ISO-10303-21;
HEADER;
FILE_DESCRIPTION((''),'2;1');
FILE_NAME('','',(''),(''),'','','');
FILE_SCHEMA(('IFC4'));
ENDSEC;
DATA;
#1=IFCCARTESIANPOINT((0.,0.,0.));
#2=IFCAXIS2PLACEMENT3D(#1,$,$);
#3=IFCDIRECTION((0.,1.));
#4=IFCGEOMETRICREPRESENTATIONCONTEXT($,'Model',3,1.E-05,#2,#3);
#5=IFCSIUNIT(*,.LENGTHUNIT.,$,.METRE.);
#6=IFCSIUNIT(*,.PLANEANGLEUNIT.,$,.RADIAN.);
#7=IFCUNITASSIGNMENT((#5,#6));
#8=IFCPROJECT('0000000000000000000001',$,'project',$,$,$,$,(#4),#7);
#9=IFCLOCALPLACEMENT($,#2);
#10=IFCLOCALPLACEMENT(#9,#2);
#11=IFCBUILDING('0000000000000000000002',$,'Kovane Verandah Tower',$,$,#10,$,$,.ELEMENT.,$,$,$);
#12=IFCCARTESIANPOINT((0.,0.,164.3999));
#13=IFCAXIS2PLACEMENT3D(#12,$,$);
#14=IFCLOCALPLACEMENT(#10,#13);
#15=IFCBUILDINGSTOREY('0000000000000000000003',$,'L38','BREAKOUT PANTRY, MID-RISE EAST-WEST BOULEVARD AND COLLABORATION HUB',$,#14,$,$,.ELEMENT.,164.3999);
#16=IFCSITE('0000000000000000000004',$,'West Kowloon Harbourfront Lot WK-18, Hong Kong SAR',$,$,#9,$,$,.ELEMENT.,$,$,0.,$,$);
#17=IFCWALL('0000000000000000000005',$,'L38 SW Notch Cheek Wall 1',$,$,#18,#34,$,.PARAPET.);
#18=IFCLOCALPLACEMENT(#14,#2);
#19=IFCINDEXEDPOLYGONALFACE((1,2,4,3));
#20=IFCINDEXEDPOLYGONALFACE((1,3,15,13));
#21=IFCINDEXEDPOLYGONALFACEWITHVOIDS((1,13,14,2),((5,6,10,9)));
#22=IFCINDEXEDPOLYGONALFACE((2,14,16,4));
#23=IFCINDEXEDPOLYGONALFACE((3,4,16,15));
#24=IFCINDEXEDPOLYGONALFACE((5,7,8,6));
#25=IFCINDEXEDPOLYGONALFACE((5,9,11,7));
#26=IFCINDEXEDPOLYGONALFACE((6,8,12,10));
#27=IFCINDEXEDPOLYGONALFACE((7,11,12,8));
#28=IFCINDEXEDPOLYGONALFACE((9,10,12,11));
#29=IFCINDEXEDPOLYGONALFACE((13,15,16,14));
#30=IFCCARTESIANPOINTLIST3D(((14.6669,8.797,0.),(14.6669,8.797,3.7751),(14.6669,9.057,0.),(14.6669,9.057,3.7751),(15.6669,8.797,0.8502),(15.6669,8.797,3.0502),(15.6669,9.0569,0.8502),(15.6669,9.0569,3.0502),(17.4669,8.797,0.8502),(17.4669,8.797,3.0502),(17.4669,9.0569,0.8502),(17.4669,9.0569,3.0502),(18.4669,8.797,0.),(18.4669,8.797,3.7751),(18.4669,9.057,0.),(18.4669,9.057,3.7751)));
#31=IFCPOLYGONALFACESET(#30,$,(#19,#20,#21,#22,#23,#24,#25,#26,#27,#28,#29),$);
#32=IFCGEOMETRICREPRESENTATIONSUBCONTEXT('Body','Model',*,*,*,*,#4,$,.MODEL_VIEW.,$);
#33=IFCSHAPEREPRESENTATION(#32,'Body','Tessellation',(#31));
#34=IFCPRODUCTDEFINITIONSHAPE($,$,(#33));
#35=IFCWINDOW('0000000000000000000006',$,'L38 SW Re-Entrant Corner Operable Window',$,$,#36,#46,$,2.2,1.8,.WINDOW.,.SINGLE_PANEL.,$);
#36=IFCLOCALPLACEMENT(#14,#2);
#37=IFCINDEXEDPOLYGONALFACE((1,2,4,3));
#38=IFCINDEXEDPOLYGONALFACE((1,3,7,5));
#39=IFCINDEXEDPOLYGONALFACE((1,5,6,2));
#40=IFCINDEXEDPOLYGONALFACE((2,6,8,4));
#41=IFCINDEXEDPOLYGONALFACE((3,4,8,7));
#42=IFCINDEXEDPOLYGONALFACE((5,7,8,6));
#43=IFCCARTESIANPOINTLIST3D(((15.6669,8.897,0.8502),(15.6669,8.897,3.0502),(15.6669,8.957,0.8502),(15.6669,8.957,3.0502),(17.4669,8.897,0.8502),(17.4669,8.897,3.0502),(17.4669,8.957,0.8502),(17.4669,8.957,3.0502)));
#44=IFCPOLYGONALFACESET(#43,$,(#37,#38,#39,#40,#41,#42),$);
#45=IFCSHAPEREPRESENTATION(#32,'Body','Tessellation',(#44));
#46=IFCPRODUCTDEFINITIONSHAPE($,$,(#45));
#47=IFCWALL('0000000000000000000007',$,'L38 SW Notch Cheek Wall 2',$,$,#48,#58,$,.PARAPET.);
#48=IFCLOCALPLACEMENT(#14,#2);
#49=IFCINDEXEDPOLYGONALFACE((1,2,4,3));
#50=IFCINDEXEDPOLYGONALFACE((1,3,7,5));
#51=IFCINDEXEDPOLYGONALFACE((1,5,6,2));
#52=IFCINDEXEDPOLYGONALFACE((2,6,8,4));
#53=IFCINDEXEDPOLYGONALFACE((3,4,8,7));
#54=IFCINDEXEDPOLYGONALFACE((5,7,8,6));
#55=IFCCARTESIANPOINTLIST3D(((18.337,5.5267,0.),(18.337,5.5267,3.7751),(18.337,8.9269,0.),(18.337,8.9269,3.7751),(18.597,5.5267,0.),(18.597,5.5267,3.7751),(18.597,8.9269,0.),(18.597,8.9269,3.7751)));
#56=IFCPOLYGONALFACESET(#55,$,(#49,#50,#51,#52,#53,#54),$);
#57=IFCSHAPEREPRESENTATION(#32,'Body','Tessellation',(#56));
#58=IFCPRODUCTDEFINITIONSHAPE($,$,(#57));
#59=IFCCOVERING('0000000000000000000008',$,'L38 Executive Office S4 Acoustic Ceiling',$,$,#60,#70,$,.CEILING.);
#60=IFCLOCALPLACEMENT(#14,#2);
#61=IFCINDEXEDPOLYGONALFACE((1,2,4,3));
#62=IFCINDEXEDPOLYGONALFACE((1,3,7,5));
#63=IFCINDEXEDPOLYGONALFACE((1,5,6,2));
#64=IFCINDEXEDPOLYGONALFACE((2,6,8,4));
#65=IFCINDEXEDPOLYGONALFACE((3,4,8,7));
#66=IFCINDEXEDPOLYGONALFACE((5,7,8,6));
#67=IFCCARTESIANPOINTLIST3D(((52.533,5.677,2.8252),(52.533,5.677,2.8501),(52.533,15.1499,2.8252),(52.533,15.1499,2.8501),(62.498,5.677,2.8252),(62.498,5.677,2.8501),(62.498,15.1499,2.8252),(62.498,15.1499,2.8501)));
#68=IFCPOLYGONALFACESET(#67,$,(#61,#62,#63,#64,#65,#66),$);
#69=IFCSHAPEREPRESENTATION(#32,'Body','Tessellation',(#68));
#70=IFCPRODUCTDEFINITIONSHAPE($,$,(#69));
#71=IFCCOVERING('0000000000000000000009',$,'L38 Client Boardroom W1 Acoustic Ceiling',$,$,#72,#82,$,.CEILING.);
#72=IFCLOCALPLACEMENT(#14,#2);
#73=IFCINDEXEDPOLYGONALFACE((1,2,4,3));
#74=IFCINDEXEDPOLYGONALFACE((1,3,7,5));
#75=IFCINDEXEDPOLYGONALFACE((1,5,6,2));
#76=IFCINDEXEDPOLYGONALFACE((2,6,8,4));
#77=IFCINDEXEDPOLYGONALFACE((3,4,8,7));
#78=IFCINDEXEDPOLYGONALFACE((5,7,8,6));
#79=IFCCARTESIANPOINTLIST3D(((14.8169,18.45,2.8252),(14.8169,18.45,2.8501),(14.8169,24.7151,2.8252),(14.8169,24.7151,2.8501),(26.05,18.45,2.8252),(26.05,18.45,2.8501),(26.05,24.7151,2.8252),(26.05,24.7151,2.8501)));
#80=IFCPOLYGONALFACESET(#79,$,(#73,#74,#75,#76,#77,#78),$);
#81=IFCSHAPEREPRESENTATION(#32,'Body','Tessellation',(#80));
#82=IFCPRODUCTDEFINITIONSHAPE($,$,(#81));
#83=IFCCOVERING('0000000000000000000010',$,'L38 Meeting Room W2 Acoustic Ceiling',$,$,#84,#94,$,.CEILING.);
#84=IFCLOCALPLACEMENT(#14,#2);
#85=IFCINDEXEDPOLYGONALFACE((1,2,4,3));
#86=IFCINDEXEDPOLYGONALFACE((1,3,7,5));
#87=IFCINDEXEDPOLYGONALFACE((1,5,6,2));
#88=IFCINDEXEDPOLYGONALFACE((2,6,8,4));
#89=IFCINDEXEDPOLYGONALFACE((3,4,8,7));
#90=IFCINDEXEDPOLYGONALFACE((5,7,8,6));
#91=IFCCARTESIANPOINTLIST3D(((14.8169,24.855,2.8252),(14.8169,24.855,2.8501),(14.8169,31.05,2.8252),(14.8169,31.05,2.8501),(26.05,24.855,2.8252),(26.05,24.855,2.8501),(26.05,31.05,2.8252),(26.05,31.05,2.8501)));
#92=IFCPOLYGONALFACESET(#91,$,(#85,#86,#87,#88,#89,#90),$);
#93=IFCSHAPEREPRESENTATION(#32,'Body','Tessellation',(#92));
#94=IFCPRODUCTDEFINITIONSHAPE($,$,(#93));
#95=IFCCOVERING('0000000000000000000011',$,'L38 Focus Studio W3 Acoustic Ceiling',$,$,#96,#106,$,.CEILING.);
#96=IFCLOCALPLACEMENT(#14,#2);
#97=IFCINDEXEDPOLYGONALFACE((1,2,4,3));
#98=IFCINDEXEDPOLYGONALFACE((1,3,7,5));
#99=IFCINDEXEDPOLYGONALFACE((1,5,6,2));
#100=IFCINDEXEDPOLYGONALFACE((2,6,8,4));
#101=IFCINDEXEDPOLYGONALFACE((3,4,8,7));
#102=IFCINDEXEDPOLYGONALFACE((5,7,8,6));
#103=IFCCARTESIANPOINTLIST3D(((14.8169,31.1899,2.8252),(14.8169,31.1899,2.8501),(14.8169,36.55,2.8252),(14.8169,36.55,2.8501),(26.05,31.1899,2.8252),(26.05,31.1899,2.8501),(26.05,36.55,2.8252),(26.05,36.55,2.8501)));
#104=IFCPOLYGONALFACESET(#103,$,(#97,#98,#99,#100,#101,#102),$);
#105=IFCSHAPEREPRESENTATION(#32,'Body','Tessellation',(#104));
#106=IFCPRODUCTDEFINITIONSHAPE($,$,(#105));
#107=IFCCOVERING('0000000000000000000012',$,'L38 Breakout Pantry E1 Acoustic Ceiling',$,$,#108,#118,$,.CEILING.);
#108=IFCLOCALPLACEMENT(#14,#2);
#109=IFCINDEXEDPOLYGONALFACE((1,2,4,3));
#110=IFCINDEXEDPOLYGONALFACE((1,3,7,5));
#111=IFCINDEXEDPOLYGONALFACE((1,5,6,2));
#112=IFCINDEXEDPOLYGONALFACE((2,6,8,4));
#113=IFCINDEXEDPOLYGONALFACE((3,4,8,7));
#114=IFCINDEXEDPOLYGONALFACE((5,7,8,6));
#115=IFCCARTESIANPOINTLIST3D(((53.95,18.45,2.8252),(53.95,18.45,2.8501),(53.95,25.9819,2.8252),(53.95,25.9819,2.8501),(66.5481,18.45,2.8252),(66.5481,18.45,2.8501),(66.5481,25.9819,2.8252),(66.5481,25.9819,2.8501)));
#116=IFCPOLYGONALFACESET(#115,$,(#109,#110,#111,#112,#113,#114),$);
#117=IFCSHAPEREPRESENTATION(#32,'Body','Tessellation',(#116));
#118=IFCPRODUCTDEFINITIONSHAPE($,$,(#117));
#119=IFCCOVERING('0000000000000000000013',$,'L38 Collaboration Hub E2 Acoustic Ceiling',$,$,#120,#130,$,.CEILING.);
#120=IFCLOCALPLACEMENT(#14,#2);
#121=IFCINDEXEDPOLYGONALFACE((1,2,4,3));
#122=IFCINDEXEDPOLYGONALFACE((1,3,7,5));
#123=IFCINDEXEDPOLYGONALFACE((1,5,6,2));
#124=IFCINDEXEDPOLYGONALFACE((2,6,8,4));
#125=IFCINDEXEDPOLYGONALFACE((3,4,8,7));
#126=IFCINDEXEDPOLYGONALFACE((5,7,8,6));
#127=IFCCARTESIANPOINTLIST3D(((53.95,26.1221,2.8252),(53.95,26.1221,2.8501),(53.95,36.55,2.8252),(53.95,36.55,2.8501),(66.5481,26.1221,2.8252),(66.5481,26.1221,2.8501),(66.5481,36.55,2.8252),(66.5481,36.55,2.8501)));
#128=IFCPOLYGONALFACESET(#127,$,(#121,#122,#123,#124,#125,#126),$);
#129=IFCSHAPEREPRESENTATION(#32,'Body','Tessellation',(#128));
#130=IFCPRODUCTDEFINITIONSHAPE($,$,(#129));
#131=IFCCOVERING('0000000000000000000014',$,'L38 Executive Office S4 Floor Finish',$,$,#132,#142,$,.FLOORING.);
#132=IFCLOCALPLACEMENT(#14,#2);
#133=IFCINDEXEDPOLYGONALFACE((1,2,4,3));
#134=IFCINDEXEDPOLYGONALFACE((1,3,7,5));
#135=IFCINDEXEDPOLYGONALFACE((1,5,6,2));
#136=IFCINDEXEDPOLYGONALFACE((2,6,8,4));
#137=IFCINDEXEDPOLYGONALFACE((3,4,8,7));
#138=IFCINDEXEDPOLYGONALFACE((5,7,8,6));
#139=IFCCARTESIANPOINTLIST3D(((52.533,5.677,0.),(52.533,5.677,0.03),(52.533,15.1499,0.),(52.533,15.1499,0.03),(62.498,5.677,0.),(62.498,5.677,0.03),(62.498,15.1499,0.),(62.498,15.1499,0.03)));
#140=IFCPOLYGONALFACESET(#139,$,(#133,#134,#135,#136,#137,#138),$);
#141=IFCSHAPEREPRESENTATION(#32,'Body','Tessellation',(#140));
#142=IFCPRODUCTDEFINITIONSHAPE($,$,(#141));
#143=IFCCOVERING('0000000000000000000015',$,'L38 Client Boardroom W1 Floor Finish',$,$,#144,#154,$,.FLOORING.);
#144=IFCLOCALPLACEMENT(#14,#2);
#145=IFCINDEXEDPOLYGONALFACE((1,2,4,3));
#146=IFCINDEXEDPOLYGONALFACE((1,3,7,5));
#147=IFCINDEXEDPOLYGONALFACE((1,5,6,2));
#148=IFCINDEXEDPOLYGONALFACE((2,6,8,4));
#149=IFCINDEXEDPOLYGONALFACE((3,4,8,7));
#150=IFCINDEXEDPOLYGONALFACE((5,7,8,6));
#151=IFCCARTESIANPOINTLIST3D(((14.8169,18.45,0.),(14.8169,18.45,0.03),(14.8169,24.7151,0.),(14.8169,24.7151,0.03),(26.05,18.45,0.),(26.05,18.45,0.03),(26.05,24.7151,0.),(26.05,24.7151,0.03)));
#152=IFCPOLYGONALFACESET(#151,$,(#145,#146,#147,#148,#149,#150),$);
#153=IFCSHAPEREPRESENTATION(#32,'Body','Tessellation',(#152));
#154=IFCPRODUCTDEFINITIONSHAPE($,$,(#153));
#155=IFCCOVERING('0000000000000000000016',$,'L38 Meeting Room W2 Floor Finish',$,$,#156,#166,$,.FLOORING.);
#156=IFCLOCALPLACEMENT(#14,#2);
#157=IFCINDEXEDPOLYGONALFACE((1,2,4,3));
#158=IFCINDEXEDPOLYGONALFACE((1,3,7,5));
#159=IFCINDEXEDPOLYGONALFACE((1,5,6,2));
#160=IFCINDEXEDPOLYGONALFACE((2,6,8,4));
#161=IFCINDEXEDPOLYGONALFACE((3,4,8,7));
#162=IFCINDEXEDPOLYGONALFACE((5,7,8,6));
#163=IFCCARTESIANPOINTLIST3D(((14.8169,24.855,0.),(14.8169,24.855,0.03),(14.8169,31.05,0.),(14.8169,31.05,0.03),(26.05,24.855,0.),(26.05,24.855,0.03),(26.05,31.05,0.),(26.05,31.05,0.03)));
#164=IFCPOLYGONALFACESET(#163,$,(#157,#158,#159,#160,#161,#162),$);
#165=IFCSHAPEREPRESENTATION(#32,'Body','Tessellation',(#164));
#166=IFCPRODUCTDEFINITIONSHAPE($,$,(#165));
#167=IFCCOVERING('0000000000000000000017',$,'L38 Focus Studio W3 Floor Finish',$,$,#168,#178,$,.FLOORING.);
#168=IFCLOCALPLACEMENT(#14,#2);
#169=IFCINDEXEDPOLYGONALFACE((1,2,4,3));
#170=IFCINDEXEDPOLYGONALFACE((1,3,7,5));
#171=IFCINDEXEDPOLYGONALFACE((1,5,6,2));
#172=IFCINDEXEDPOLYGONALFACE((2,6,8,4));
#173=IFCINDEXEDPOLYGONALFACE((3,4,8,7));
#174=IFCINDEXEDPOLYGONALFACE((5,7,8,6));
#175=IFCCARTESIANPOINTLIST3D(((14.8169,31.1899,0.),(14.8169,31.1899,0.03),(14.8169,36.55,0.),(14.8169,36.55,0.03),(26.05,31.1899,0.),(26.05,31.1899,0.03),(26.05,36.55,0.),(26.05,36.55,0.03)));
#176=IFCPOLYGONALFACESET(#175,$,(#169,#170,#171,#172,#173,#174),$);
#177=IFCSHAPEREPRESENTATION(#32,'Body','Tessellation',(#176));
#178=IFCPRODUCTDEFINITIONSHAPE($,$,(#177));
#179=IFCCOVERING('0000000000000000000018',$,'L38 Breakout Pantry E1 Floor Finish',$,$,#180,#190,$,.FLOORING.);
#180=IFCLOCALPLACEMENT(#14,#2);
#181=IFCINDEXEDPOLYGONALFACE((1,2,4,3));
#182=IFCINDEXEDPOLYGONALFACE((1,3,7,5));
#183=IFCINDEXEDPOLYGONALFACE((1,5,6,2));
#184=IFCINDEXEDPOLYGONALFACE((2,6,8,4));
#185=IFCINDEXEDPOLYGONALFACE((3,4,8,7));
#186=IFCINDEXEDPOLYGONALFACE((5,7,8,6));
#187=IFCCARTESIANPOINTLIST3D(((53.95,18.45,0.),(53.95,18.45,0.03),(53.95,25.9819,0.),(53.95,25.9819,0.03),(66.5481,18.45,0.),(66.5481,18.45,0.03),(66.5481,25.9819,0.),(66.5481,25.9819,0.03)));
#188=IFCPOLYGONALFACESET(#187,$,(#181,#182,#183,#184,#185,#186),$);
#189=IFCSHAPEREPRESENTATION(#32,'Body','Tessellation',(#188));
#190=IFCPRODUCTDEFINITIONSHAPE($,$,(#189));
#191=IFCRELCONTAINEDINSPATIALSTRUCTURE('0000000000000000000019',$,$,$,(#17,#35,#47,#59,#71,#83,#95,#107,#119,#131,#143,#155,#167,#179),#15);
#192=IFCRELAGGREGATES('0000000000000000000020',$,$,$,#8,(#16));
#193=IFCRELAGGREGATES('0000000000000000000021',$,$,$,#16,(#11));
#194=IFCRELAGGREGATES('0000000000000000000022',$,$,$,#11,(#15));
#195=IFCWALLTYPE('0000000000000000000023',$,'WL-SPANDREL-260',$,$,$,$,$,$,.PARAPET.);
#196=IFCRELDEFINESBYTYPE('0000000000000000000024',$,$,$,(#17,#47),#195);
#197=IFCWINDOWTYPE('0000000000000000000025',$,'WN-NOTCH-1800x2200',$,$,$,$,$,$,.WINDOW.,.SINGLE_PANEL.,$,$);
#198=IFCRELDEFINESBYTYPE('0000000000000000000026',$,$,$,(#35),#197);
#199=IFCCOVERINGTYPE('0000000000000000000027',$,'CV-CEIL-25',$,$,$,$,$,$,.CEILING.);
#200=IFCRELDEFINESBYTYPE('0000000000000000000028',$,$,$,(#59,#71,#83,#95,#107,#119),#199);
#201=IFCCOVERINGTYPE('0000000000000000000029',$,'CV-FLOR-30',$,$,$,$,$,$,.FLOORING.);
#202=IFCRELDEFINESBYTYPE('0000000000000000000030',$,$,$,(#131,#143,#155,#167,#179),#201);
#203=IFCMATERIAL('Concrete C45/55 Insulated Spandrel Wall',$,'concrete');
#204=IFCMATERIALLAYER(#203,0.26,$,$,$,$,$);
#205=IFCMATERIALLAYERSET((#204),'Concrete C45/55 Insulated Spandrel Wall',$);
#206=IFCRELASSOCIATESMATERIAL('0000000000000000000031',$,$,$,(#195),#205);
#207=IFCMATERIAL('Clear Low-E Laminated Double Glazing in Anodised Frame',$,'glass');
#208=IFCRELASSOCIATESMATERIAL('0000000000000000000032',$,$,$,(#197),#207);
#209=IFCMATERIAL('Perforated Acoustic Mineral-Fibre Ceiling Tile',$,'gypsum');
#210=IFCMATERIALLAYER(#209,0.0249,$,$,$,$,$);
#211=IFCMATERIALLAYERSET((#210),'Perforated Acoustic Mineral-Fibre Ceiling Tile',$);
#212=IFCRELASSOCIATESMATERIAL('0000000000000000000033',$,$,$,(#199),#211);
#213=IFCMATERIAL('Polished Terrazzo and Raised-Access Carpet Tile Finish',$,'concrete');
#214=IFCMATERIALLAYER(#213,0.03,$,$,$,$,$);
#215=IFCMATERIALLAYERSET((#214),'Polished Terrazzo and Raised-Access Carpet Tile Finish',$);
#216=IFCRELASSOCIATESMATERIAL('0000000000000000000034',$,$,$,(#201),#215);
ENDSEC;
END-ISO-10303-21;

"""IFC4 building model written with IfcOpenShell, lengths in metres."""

from ifc_helpers import new_model, si_unit, direction, frame, frame_2d, origin, place, context, subcontext, project, spatial, polyline, rectangle, outline, extrude, material, layer, layer_set, type_object, element, fill, save


model = new_model("IFC4")

# Units and contexts
model_context = context("Model", 3, precision=1e-05, world=origin(), true_north=direction((0.0, 1.0)))
body_context = subcontext(model_context, "Body", "Model", "MODEL_VIEW")
ifc_project = project(units=[si_unit("LENGTHUNIT", "METRE"), si_unit("PLANEANGLEUNIT", "RADIAN")], contexts=[model_context])

# Site, building, storey
site_placement = place(None, origin())
site = spatial("IfcSite", under=ifc_project, at=site_placement, Name="West Kowloon Harbourfront Lot WK-18, Hong Kong SAR", CompositionType="ELEMENT", RefElevation=0.0)
building_placement = place(site_placement, origin())
building = spatial("IfcBuilding", under=site, at=building_placement, Name="Kovane Verandah Tower", CompositionType="ELEMENT")
storey_placement = place(building_placement, frame((0.0, 0.0, 164.3999)))
storey = spatial("IfcBuildingStorey", under=building, at=storey_placement, Name="L38", Description="BREAKOUT PANTRY, MID-RISE EAST-WEST BOULEVARD AND COLLABORATION HUB", CompositionType="ELEMENT", Elevation=164.3999)

# Wall, opening, window
ifc_material_1 = material(Name="Concrete C45/55 Insulated Spandrel Wall", Category="concrete")
ifc_layer_1 = layer(ifc_material_1, 0.26)
ifc_layer_set_1 = layer_set([ifc_layer_1], Name="Concrete C45/55 Insulated Spandrel Wall")
wall_type = type_object("IfcWallType", Name="WL-SPANDREL-260", PredefinedType="PARAPET", material=ifc_layer_set_1)
wall_1_placement = place(storey_placement, frame((14.667, 8.927, 0.0), z_axis=(0.0, 0.0, 1.0), x_axis=(1.0, 0.0, 0.0)))
wall_1 = element("IfcWall", 1, at=wall_1_placement, inside=storey, type_object=wall_type, Name="L38 SW Notch Cheek Wall 1", PredefinedType="PARAPET", context=body_context, shape_type="SweptSolid", body=[
    extrude(rectangle(XDim=3.8, YDim=0.26, at=frame_2d((1.8999, 0.0))), origin(), (0.0, 0.0, 1.0), 3.7751),
])
opening_placement = place(wall_1_placement, frame((1.0, 0.0, 0.8501)))
opening = element("IfcOpeningElement", 2, at=opening_placement, cuts=wall_1, PredefinedType="OPENING", context=body_context, shape_type="SweptSolid", body=[
    extrude(rectangle(XDim=1.8, YDim=2.2, at=frame_2d((0.8999, 1.1001))), frame((0.0, 0.1299, 0.0), z_axis=(0.0, -1.0, 0.0), x_axis=(1.0, 0.0, 0.0)), (0.0, 0.0, 1.0), 0.26),
])
ifc_material_2 = material(Name="Clear Low-E Laminated Double Glazing in Anodised Frame", Category="glass")
window_type = type_object("IfcWindowType", Name="WN-NOTCH-1800x2200", PartitioningType="SINGLE_PANEL", PredefinedType="WINDOW", material=ifc_material_2)
window_placement = place(opening_placement, origin())
window = element("IfcWindow", 3, at=window_placement, inside=storey, type_object=window_type, Name="L38 SW Re-Entrant Corner Operable Window", OverallHeight=2.2, OverallWidth=1.8, PartitioningType="SINGLE_PANEL", PredefinedType="WINDOW", context=body_context, shape_type="SweptSolid", body=[
    extrude(rectangle(XDim=1.8, YDim=2.2, at=frame_2d((0.8999, 1.1001))), frame((0.0, 0.03, 0.0), z_axis=(0.0, -1.0, 0.0), x_axis=(1.0, 0.0, 0.0)), (0.0, 0.0, 1.0), 0.0601),
])
fill(opening, window)

# Wall
wall_2_placement = place(storey_placement, frame((18.467, 8.927, 0.0), z_axis=(0.0, 0.0, 1.0), x_axis=(0.0, -1.0, 0.0)))
element("IfcWall", 4, at=wall_2_placement, inside=storey, type_object=wall_type, Name="L38 SW Notch Cheek Wall 2", PredefinedType="PARAPET", context=body_context, shape_type="SweptSolid", body=[
    extrude(rectangle(XDim=3.4001, YDim=0.26, at=frame_2d((1.7002, 0.0))), origin(), (0.0, 0.0, 1.0), 3.7751),
])

# Coverings
ifc_material_3 = material(Name="Perforated Acoustic Mineral-Fibre Ceiling Tile", Category="gypsum")
ifc_layer_2 = layer(ifc_material_3, 0.0249)
ifc_layer_set_2 = layer_set([ifc_layer_2], Name="Perforated Acoustic Mineral-Fibre Ceiling Tile")
covering_type_1 = type_object("IfcCoveringType", Name="CV-CEIL-25", PredefinedType="CEILING", material=ifc_layer_set_2)
covering_1_placement = place(storey_placement, frame((0.0, 0.0, 2.8252)))
element("IfcCovering", 5, at=covering_1_placement, inside=storey, type_object=covering_type_1, Name="L38 Executive Office S4 Acoustic Ceiling", PredefinedType="CEILING", context=body_context, shape_type="SweptSolid", body=[
    extrude(outline(polyline([(52.533, 5.677), (62.498, 5.677), (62.498, 15.1499), (52.533, 15.1499), (52.533, 5.677)])), origin(), (0.0, 0.0, 1.0), 0.0249),
])
covering_2_placement = place(storey_placement, frame((0.0, 0.0, 2.8252)))
element("IfcCovering", 6, at=covering_2_placement, inside=storey, type_object=covering_type_1, Name="L38 Client Boardroom W1 Acoustic Ceiling", PredefinedType="CEILING", context=body_context, shape_type="SweptSolid", body=[
    extrude(outline(polyline([(14.8169, 18.45), (26.05, 18.45), (26.05, 24.7151), (14.8169, 24.7151), (14.8169, 18.45)])), origin(), (0.0, 0.0, 1.0), 0.0249),
])
covering_3_placement = place(storey_placement, frame((0.0, 0.0, 2.8252)))
element("IfcCovering", 7, at=covering_3_placement, inside=storey, type_object=covering_type_1, Name="L38 Meeting Room W2 Acoustic Ceiling", PredefinedType="CEILING", context=body_context, shape_type="SweptSolid", body=[
    extrude(outline(polyline([(14.8169, 24.855), (26.05, 24.855), (26.05, 31.05), (14.8169, 31.05), (14.8169, 24.855)])), origin(), (0.0, 0.0, 1.0), 0.0249),
])
covering_4_placement = place(storey_placement, frame((0.0, 0.0, 2.8252)))
element("IfcCovering", 8, at=covering_4_placement, inside=storey, type_object=covering_type_1, Name="L38 Focus Studio W3 Acoustic Ceiling", PredefinedType="CEILING", context=body_context, shape_type="SweptSolid", body=[
    extrude(outline(polyline([(14.8169, 31.1899), (26.05, 31.1899), (26.05, 36.55), (14.8169, 36.55), (14.8169, 31.1899)])), origin(), (0.0, 0.0, 1.0), 0.0249),
])
covering_5_placement = place(storey_placement, frame((0.0, 0.0, 2.8252)))
element("IfcCovering", 9, at=covering_5_placement, inside=storey, type_object=covering_type_1, Name="L38 Breakout Pantry E1 Acoustic Ceiling", PredefinedType="CEILING", context=body_context, shape_type="SweptSolid", body=[
    extrude(outline(polyline([(53.95, 18.45), (66.5481, 18.45), (66.5481, 25.9819), (53.95, 25.9819), (53.95, 18.45)])), origin(), (0.0, 0.0, 1.0), 0.0249),
])
covering_6_placement = place(storey_placement, frame((0.0, 0.0, 2.8252)))
element("IfcCovering", 10, at=covering_6_placement, inside=storey, type_object=covering_type_1, Name="L38 Collaboration Hub E2 Acoustic Ceiling", PredefinedType="CEILING", context=body_context, shape_type="SweptSolid", body=[
    extrude(outline(polyline([(53.95, 26.1221), (66.5481, 26.1221), (66.5481, 36.55), (53.95, 36.55), (53.95, 26.1221)])), origin(), (0.0, 0.0, 1.0), 0.0249),
])
ifc_material_4 = material(Name="Polished Terrazzo and Raised-Access Carpet Tile Finish", Category="concrete")
ifc_layer_3 = layer(ifc_material_4, 0.03)
ifc_layer_set_3 = layer_set([ifc_layer_3], Name="Polished Terrazzo and Raised-Access Carpet Tile Finish")
covering_type_2 = type_object("IfcCoveringType", Name="CV-FLOR-30", PredefinedType="FLOORING", material=ifc_layer_set_3)
covering_7_placement = place(storey_placement, origin())
element("IfcCovering", 11, at=covering_7_placement, inside=storey, type_object=covering_type_2, Name="L38 Executive Office S4 Floor Finish", PredefinedType="FLOORING", context=body_context, shape_type="SweptSolid", body=[
    extrude(outline(polyline([(52.533, 5.677), (62.498, 5.677), (62.498, 15.1499), (52.533, 15.1499), (52.533, 5.677)])), origin(), (0.0, 0.0, 1.0), 0.03),
])
covering_8_placement = place(storey_placement, origin())
element("IfcCovering", 12, at=covering_8_placement, inside=storey, type_object=covering_type_2, Name="L38 Client Boardroom W1 Floor Finish", PredefinedType="FLOORING", context=body_context, shape_type="SweptSolid", body=[
    extrude(outline(polyline([(14.8169, 18.45), (26.05, 18.45), (26.05, 24.7151), (14.8169, 24.7151), (14.8169, 18.45)])), origin(), (0.0, 0.0, 1.0), 0.03),
])
covering_9_placement = place(storey_placement, origin())
element("IfcCovering", 13, at=covering_9_placement, inside=storey, type_object=covering_type_2, Name="L38 Meeting Room W2 Floor Finish", PredefinedType="FLOORING", context=body_context, shape_type="SweptSolid", body=[
    extrude(outline(polyline([(14.8169, 24.855), (26.05, 24.855), (26.05, 31.05), (14.8169, 31.05), (14.8169, 24.855)])), origin(), (0.0, 0.0, 1.0), 0.03),
])
covering_10_placement = place(storey_placement, origin())
element("IfcCovering", 14, at=covering_10_placement, inside=storey, type_object=covering_type_2, Name="L38 Focus Studio W3 Floor Finish", PredefinedType="FLOORING", context=body_context, shape_type="SweptSolid", body=[
    extrude(outline(polyline([(14.8169, 31.1899), (26.05, 31.1899), (26.05, 36.55), (14.8169, 36.55), (14.8169, 31.1899)])), origin(), (0.0, 0.0, 1.0), 0.03),
])
covering_11_placement = place(storey_placement, origin())
element("IfcCovering", 15, at=covering_11_placement, inside=storey, type_object=covering_type_2, Name="L38 Breakout Pantry E1 Floor Finish", PredefinedType="FLOORING", context=body_context, shape_type="SweptSolid", body=[
    extrude(outline(polyline([(53.95, 18.45), (66.5481, 18.45), (66.5481, 25.9819), (53.95, 25.9819), (53.95, 18.45)])), origin(), (0.0, 0.0, 1.0), 0.03),
])

save(model, "model.ifc")
